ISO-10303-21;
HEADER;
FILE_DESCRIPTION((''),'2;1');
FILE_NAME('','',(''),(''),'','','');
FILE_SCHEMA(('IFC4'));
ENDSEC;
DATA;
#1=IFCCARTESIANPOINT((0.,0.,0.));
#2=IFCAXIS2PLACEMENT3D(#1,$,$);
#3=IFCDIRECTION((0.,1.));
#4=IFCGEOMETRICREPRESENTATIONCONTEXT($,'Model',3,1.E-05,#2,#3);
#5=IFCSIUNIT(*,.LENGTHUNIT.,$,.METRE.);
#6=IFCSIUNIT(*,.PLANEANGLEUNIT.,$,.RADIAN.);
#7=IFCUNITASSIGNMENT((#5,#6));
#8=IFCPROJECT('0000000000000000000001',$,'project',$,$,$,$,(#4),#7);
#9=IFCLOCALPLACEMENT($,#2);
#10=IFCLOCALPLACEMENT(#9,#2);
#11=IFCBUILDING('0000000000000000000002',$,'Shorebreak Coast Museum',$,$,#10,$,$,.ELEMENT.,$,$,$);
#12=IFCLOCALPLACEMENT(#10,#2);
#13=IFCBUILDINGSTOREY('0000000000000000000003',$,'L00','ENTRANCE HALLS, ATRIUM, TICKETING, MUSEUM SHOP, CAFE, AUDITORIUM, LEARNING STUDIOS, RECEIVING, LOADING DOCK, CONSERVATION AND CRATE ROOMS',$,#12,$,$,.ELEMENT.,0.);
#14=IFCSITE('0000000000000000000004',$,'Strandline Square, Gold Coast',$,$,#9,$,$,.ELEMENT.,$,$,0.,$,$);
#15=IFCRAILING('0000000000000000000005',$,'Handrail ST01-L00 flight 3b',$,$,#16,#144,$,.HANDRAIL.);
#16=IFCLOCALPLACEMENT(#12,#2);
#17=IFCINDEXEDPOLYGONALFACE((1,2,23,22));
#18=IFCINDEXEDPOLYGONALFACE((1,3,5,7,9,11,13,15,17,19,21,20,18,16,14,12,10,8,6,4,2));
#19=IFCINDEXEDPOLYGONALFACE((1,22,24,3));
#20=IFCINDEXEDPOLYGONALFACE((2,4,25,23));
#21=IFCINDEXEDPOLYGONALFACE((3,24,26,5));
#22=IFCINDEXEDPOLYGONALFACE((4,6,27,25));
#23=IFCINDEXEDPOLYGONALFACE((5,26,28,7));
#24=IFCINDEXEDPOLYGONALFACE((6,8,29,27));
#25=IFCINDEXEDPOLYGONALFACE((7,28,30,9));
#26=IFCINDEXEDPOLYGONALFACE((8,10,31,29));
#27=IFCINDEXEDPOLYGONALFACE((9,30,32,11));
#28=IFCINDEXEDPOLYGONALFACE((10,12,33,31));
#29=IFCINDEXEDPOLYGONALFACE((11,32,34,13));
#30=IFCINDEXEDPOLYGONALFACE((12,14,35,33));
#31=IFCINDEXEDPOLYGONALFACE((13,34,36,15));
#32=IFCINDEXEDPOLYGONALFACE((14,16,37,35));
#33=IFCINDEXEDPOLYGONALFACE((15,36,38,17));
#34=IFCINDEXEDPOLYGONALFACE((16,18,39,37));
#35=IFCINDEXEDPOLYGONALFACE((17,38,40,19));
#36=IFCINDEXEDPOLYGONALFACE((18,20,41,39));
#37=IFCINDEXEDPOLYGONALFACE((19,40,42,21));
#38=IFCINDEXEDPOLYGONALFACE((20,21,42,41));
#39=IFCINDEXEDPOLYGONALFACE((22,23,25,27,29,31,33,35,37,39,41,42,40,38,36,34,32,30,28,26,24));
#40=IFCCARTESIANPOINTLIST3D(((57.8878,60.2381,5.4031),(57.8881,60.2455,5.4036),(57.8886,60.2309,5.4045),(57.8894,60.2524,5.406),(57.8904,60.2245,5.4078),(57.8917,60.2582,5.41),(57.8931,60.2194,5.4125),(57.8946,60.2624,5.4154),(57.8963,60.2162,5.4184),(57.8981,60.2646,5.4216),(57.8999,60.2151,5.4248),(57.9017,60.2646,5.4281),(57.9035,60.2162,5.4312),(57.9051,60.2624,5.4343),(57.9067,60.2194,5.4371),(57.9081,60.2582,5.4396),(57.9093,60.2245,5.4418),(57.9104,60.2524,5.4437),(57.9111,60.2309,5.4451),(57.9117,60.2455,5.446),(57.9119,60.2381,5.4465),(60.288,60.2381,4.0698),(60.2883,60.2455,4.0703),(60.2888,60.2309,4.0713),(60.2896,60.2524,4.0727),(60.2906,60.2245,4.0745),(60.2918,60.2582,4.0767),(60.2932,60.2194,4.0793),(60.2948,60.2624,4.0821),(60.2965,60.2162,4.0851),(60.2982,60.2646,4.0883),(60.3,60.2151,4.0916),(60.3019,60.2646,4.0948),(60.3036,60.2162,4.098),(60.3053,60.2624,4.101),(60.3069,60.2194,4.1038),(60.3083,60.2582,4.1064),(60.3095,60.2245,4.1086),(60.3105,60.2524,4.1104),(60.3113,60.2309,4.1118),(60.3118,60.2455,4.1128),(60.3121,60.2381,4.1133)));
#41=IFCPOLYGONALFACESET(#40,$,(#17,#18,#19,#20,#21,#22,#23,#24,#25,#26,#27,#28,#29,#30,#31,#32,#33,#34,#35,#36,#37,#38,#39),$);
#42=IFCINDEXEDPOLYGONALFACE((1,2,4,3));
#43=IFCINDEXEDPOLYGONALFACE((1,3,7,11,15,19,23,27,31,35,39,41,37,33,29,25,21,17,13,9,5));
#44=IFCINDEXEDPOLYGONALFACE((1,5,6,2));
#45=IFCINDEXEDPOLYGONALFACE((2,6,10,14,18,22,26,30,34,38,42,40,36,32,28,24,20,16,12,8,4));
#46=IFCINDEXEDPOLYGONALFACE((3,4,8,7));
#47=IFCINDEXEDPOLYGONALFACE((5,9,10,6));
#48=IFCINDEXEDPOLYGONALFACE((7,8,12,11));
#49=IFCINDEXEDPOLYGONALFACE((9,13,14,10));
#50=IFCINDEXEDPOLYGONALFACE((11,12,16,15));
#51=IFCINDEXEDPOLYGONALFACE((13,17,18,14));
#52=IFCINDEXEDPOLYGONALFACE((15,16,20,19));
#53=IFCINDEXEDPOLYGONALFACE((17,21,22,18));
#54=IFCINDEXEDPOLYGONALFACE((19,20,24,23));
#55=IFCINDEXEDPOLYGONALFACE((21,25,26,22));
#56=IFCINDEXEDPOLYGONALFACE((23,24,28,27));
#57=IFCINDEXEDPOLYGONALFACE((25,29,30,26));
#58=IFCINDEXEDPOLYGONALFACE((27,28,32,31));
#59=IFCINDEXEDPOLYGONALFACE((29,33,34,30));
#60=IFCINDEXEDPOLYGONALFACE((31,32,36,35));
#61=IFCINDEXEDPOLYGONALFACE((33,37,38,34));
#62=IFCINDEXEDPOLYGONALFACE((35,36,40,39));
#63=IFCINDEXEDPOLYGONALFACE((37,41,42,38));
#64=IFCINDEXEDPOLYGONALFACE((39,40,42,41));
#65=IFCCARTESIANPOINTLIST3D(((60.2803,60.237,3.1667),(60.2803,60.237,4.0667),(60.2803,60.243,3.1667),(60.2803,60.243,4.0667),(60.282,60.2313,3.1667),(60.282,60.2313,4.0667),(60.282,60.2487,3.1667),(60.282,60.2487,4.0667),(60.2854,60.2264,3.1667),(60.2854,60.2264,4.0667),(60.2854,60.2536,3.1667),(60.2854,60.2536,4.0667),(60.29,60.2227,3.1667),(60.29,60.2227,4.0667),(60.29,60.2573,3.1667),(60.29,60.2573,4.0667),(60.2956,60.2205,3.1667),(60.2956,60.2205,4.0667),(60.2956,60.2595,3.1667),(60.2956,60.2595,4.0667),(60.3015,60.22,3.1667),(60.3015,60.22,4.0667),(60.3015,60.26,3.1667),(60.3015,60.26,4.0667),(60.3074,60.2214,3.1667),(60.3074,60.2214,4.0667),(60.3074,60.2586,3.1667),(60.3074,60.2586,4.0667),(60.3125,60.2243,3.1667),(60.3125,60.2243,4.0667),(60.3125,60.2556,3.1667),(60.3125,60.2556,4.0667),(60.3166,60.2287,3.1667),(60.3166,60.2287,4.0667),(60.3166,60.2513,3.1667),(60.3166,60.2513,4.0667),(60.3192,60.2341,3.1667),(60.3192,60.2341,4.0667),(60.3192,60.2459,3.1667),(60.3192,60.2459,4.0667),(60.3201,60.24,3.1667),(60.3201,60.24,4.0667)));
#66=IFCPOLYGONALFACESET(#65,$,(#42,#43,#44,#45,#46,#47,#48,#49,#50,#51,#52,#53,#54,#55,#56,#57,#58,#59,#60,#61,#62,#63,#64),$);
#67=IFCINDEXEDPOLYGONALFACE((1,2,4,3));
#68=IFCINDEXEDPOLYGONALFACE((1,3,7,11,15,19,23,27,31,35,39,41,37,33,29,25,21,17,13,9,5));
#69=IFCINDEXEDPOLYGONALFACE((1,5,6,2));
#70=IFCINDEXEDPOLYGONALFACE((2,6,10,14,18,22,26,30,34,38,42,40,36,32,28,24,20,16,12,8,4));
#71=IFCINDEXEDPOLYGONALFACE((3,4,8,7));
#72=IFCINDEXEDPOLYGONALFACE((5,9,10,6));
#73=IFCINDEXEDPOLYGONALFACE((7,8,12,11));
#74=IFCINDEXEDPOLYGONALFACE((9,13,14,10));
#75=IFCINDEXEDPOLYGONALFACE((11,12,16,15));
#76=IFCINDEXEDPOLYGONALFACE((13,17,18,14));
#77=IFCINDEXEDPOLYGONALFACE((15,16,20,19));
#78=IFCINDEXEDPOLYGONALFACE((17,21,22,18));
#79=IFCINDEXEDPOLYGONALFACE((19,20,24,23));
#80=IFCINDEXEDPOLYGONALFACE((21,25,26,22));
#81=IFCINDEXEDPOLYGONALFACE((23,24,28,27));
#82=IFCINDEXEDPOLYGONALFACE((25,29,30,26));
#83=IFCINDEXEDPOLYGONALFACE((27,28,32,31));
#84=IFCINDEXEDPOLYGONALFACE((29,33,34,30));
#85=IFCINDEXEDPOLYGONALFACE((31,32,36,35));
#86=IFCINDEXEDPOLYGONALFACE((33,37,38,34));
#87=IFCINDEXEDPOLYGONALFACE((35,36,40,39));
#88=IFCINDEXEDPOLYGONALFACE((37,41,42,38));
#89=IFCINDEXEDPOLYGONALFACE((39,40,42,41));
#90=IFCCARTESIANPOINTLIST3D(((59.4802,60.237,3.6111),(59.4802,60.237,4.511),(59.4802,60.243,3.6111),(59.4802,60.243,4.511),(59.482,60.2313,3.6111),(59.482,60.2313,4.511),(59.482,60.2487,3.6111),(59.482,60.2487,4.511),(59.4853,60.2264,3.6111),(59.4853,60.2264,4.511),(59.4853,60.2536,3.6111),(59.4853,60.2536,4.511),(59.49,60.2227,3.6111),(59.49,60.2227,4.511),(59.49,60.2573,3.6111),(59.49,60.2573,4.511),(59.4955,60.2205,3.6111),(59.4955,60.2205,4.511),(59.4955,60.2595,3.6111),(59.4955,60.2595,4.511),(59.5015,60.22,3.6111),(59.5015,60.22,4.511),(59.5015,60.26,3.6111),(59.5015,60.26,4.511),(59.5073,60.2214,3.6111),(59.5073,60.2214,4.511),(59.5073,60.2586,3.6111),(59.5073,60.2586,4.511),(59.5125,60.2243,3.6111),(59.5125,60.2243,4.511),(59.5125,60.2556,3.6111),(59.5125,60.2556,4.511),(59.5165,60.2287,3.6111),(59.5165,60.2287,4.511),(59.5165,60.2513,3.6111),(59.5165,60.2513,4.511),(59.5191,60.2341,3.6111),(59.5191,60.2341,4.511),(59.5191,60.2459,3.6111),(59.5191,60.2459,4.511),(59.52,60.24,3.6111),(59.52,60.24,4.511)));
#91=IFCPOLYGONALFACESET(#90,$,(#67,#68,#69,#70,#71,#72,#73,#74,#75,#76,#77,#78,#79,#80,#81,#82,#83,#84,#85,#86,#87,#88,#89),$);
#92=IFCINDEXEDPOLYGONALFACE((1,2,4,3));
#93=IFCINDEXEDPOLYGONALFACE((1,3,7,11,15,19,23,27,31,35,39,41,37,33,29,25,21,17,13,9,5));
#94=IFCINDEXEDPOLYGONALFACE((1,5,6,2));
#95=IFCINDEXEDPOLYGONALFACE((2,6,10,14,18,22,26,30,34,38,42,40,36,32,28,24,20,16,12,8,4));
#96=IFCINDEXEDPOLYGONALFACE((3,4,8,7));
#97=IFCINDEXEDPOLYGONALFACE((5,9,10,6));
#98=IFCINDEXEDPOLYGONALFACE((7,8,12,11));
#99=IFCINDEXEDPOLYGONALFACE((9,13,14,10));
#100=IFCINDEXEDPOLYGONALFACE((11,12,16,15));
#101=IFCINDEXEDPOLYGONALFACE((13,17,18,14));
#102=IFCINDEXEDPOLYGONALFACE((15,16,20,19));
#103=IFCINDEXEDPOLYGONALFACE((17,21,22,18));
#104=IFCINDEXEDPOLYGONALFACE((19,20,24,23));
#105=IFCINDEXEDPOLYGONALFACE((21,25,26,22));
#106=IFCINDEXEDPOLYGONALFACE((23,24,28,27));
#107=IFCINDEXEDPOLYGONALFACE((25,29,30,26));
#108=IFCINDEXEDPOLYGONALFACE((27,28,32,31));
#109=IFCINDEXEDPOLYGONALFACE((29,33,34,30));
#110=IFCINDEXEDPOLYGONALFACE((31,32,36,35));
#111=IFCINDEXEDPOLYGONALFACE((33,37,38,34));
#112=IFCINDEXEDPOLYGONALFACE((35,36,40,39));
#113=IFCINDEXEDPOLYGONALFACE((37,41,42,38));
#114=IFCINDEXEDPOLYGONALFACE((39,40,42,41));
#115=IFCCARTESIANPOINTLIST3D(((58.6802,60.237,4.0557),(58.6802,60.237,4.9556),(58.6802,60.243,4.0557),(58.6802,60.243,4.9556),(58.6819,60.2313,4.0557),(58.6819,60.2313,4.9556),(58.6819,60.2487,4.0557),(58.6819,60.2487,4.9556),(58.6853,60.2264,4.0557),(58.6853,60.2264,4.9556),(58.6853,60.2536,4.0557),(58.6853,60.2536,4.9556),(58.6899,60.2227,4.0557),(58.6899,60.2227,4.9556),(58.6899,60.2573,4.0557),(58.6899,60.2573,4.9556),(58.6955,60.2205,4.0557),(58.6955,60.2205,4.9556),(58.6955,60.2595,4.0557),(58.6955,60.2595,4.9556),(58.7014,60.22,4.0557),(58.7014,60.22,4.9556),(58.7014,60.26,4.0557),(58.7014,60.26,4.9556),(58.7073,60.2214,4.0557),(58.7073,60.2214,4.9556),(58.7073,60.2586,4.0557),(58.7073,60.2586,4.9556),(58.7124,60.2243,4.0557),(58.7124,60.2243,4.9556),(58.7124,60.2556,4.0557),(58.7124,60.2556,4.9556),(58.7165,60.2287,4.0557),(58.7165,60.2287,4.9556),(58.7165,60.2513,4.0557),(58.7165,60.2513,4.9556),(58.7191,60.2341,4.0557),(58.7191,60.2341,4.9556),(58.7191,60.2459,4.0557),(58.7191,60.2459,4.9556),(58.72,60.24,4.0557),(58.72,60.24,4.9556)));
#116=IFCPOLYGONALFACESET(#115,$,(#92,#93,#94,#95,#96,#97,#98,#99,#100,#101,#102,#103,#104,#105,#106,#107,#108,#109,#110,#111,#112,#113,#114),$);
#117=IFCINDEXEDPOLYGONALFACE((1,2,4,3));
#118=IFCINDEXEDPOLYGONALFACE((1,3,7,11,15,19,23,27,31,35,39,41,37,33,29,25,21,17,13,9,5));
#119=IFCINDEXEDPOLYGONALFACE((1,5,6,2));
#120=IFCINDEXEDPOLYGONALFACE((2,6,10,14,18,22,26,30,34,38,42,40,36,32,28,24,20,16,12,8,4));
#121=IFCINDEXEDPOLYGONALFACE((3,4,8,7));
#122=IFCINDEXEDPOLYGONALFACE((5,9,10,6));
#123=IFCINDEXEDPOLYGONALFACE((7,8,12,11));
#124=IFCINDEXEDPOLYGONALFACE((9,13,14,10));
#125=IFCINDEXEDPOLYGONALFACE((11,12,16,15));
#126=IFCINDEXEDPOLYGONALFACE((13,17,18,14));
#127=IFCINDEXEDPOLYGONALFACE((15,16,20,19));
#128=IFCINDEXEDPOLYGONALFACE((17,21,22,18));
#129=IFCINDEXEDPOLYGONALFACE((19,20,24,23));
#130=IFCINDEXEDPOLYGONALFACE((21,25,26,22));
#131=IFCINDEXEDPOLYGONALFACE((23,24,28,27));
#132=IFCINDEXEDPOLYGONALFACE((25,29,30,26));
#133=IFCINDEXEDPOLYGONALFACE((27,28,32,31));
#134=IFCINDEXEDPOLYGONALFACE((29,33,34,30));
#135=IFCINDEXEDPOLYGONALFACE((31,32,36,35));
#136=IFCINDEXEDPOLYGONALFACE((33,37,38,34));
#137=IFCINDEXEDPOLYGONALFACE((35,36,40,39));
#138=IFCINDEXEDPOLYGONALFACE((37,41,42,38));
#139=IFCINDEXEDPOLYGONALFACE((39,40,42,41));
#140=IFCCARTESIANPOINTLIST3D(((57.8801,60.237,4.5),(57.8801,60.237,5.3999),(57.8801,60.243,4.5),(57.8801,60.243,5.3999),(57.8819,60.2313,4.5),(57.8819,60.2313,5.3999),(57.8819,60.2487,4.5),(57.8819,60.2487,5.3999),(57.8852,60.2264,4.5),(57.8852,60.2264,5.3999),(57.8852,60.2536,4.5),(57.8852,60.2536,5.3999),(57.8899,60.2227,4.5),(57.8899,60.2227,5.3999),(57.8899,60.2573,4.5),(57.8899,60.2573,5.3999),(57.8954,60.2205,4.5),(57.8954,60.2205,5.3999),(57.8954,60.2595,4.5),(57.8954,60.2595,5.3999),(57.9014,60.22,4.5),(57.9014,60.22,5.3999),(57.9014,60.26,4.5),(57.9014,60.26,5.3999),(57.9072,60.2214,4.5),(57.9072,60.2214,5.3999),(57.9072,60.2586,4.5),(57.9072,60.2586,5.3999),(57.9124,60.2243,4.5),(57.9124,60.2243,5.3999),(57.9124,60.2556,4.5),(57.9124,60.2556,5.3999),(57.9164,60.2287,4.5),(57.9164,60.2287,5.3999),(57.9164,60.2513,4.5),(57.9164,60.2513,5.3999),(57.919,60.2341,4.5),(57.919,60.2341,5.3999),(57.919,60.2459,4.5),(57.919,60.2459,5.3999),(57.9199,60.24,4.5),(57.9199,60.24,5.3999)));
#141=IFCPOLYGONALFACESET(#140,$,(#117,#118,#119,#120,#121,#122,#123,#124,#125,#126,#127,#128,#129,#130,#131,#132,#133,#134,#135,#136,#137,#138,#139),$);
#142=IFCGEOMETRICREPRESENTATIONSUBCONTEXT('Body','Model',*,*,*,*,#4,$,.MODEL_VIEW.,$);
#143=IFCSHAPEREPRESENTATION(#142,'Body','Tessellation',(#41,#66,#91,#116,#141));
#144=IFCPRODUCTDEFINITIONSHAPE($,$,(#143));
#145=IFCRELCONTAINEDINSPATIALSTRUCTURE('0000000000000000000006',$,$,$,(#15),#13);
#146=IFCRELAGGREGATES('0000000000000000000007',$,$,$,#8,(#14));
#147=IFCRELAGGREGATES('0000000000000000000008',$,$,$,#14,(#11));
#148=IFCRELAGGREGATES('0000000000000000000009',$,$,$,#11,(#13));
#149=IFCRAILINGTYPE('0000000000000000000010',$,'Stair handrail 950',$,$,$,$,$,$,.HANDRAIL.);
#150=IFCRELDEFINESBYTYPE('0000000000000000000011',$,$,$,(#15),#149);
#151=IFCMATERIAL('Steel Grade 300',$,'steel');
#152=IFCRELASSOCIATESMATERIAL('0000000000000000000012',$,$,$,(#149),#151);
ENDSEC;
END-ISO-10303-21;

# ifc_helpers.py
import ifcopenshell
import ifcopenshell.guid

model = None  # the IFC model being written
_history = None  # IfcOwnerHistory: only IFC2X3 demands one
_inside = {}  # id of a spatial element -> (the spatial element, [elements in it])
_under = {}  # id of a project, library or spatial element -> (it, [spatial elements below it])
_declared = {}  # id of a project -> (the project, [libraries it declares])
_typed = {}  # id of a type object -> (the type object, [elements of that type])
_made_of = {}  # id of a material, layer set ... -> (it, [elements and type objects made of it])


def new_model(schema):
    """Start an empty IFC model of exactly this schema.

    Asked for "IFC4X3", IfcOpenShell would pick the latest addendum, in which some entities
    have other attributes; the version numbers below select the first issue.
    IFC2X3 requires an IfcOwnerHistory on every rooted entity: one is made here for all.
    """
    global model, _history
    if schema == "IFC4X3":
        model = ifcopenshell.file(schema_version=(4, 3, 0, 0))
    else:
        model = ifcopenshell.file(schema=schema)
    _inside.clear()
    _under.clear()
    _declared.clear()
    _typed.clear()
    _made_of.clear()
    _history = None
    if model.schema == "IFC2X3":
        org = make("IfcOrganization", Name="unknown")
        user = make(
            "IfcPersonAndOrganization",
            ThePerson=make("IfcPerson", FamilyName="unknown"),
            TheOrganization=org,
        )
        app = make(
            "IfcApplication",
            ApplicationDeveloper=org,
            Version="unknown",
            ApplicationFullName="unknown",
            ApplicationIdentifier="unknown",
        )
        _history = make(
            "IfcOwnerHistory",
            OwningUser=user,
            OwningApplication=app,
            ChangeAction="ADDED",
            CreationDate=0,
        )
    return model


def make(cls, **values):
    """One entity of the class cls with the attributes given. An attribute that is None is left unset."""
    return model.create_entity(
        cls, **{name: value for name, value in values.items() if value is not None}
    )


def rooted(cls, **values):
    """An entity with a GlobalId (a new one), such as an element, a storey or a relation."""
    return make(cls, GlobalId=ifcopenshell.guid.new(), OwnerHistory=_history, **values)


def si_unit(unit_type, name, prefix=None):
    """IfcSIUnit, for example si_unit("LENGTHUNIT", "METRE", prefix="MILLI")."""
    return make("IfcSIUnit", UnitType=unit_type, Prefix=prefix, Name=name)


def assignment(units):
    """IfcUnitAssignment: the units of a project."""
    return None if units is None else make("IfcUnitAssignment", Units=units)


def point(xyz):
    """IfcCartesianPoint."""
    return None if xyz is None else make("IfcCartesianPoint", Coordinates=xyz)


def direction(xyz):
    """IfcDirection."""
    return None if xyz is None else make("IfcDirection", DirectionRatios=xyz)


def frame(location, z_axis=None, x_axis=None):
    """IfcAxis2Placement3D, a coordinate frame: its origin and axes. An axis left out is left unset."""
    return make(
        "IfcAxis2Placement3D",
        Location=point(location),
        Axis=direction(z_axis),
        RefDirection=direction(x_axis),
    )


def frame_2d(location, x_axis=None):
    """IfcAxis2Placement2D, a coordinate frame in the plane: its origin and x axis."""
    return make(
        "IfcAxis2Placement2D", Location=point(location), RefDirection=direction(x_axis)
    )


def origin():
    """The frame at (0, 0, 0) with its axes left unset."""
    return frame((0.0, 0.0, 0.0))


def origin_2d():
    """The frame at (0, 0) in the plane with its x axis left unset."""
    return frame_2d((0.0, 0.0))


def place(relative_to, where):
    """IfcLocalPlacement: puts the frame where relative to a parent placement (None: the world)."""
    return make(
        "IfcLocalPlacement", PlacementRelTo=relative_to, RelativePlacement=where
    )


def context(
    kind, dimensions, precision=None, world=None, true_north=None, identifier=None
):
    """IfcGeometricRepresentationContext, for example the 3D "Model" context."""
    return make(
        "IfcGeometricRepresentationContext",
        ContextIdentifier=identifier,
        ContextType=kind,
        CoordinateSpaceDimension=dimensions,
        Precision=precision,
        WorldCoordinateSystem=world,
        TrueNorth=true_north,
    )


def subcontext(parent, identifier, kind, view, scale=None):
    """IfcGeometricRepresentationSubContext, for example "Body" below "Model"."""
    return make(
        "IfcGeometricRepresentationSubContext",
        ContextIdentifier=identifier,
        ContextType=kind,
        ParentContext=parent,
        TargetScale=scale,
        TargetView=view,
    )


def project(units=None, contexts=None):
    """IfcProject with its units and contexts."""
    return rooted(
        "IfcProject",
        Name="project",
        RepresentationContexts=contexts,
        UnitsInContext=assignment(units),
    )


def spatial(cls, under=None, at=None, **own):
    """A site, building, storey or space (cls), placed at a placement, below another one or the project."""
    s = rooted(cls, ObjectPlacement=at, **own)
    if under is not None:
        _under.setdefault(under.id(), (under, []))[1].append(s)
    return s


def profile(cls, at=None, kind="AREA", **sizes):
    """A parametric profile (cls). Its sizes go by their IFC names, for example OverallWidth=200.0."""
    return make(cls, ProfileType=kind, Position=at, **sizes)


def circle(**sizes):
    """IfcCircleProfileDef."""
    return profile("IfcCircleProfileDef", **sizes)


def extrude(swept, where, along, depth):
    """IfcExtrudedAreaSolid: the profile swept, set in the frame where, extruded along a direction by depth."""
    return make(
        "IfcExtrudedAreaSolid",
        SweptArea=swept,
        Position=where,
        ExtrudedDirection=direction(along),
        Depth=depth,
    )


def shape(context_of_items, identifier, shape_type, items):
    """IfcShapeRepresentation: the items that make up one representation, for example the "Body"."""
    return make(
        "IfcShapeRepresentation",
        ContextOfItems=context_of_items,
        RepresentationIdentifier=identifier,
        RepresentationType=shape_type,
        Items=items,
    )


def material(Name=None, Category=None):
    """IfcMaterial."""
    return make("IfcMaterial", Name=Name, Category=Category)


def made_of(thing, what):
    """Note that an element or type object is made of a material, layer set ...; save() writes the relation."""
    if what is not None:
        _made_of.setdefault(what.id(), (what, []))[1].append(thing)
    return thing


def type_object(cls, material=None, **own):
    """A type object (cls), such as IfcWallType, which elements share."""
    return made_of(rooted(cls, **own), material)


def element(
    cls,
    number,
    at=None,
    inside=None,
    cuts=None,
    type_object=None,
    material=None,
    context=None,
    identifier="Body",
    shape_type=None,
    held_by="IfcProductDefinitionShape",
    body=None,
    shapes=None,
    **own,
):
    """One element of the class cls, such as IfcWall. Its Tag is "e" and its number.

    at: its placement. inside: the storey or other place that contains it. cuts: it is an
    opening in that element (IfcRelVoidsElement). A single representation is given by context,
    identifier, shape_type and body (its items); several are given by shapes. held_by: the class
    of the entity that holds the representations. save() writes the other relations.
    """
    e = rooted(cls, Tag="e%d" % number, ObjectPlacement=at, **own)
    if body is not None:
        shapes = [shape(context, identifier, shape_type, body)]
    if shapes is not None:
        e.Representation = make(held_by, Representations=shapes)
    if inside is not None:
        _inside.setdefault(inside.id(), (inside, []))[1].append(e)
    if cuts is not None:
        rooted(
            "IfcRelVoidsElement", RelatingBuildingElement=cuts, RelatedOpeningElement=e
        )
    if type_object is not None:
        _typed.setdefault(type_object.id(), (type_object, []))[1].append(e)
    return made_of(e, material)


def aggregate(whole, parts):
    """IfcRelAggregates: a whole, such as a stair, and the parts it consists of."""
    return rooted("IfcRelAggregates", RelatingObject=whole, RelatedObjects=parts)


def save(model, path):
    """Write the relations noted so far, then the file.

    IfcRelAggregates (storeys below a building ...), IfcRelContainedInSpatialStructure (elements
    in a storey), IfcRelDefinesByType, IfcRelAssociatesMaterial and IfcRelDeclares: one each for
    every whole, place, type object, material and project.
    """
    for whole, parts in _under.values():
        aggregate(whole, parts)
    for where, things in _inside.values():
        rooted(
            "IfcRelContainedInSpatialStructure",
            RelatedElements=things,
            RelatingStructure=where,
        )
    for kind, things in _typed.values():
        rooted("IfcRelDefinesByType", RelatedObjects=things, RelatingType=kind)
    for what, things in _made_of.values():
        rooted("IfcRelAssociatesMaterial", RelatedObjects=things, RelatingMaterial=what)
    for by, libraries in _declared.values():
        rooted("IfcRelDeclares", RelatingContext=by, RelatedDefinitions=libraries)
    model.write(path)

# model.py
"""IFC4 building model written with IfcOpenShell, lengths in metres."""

from ifc_helpers import new_model, si_unit, direction, frame, origin, origin_2d, place, context, subcontext, project, spatial, circle, extrude, material, type_object, element, save


model = new_model("IFC4")

# Units and contexts
model_context = context("Model", 3, precision=1e-05, world=origin(), true_north=direction((0.0, 1.0)))
body_context = subcontext(model_context, "Body", "Model", "MODEL_VIEW")
ifc_project = project(units=[si_unit("LENGTHUNIT", "METRE"), si_unit("PLANEANGLEUNIT", "RADIAN")], contexts=[model_context])

# Site, building, storey
site_placement = place(None, origin())
site = spatial("IfcSite", under=ifc_project, at=site_placement, Name="Strandline Square, Gold Coast", CompositionType="ELEMENT", RefElevation=0.0)
building_placement = place(site_placement, origin())
building = spatial("IfcBuilding", under=site, at=building_placement, Name="Shorebreak Coast Museum", CompositionType="ELEMENT")
storey_placement = place(building_placement, origin())
storey = spatial("IfcBuildingStorey", under=building, at=storey_placement, Name="L00", Description="ENTRANCE HALLS, ATRIUM, TICKETING, MUSEUM SHOP, CAFE, AUDITORIUM, LEARNING STUDIOS, RECEIVING, LOADING DOCK, CONSERVATION AND CRATE ROOMS", CompositionType="ELEMENT", Elevation=0.0)

# Railing
ifc_material_1 = material(Name="Steel Grade 300", Category="steel")
railing_type_1 = type_object("IfcRailingType", Name="Stair handrail 950", PredefinedType="HANDRAIL", material=ifc_material_1)
for number, where, name in (
    (1, (60.3, 60.24, 3.1667), "Handrail ST01-L00 flight 3b"),
):
    element("IfcRailing", number, at=place(storey_placement, frame(where)), inside=storey, type_object=railing_type_1, Name=name, PredefinedType="HANDRAIL", context=body_context, shape_type="SweptSolid", body=[
        extrude(circle(Radius=0.0249, at=origin_2d()), frame((0.0, 0.0, 0.9248), z_axis=(-0.874182, 0.0, 0.485598), x_axis=(0.0, -1.0, 0.0)), (0.0, 0.0, 1.0), 2.7456),
        extrude(circle(Radius=0.02, at=origin_2d()), origin(), (0.0, 0.0, 1.0), 0.8999),
        extrude(circle(Radius=0.02, at=origin_2d()), frame((-0.8, 0.0, 0.4443)), (0.0, 0.0, 1.0), 0.8999),
        extrude(circle(Radius=0.02, at=origin_2d()), frame((-1.6001, 0.0, 0.8889)), (0.0, 0.0, 1.0), 0.8999),
        extrude(circle(Radius=0.02, at=origin_2d()), frame((-2.4001, 0.0, 1.3333)), (0.0, 0.0, 1.0), 0.8999),
    ])

save(model, "model.ifc")
